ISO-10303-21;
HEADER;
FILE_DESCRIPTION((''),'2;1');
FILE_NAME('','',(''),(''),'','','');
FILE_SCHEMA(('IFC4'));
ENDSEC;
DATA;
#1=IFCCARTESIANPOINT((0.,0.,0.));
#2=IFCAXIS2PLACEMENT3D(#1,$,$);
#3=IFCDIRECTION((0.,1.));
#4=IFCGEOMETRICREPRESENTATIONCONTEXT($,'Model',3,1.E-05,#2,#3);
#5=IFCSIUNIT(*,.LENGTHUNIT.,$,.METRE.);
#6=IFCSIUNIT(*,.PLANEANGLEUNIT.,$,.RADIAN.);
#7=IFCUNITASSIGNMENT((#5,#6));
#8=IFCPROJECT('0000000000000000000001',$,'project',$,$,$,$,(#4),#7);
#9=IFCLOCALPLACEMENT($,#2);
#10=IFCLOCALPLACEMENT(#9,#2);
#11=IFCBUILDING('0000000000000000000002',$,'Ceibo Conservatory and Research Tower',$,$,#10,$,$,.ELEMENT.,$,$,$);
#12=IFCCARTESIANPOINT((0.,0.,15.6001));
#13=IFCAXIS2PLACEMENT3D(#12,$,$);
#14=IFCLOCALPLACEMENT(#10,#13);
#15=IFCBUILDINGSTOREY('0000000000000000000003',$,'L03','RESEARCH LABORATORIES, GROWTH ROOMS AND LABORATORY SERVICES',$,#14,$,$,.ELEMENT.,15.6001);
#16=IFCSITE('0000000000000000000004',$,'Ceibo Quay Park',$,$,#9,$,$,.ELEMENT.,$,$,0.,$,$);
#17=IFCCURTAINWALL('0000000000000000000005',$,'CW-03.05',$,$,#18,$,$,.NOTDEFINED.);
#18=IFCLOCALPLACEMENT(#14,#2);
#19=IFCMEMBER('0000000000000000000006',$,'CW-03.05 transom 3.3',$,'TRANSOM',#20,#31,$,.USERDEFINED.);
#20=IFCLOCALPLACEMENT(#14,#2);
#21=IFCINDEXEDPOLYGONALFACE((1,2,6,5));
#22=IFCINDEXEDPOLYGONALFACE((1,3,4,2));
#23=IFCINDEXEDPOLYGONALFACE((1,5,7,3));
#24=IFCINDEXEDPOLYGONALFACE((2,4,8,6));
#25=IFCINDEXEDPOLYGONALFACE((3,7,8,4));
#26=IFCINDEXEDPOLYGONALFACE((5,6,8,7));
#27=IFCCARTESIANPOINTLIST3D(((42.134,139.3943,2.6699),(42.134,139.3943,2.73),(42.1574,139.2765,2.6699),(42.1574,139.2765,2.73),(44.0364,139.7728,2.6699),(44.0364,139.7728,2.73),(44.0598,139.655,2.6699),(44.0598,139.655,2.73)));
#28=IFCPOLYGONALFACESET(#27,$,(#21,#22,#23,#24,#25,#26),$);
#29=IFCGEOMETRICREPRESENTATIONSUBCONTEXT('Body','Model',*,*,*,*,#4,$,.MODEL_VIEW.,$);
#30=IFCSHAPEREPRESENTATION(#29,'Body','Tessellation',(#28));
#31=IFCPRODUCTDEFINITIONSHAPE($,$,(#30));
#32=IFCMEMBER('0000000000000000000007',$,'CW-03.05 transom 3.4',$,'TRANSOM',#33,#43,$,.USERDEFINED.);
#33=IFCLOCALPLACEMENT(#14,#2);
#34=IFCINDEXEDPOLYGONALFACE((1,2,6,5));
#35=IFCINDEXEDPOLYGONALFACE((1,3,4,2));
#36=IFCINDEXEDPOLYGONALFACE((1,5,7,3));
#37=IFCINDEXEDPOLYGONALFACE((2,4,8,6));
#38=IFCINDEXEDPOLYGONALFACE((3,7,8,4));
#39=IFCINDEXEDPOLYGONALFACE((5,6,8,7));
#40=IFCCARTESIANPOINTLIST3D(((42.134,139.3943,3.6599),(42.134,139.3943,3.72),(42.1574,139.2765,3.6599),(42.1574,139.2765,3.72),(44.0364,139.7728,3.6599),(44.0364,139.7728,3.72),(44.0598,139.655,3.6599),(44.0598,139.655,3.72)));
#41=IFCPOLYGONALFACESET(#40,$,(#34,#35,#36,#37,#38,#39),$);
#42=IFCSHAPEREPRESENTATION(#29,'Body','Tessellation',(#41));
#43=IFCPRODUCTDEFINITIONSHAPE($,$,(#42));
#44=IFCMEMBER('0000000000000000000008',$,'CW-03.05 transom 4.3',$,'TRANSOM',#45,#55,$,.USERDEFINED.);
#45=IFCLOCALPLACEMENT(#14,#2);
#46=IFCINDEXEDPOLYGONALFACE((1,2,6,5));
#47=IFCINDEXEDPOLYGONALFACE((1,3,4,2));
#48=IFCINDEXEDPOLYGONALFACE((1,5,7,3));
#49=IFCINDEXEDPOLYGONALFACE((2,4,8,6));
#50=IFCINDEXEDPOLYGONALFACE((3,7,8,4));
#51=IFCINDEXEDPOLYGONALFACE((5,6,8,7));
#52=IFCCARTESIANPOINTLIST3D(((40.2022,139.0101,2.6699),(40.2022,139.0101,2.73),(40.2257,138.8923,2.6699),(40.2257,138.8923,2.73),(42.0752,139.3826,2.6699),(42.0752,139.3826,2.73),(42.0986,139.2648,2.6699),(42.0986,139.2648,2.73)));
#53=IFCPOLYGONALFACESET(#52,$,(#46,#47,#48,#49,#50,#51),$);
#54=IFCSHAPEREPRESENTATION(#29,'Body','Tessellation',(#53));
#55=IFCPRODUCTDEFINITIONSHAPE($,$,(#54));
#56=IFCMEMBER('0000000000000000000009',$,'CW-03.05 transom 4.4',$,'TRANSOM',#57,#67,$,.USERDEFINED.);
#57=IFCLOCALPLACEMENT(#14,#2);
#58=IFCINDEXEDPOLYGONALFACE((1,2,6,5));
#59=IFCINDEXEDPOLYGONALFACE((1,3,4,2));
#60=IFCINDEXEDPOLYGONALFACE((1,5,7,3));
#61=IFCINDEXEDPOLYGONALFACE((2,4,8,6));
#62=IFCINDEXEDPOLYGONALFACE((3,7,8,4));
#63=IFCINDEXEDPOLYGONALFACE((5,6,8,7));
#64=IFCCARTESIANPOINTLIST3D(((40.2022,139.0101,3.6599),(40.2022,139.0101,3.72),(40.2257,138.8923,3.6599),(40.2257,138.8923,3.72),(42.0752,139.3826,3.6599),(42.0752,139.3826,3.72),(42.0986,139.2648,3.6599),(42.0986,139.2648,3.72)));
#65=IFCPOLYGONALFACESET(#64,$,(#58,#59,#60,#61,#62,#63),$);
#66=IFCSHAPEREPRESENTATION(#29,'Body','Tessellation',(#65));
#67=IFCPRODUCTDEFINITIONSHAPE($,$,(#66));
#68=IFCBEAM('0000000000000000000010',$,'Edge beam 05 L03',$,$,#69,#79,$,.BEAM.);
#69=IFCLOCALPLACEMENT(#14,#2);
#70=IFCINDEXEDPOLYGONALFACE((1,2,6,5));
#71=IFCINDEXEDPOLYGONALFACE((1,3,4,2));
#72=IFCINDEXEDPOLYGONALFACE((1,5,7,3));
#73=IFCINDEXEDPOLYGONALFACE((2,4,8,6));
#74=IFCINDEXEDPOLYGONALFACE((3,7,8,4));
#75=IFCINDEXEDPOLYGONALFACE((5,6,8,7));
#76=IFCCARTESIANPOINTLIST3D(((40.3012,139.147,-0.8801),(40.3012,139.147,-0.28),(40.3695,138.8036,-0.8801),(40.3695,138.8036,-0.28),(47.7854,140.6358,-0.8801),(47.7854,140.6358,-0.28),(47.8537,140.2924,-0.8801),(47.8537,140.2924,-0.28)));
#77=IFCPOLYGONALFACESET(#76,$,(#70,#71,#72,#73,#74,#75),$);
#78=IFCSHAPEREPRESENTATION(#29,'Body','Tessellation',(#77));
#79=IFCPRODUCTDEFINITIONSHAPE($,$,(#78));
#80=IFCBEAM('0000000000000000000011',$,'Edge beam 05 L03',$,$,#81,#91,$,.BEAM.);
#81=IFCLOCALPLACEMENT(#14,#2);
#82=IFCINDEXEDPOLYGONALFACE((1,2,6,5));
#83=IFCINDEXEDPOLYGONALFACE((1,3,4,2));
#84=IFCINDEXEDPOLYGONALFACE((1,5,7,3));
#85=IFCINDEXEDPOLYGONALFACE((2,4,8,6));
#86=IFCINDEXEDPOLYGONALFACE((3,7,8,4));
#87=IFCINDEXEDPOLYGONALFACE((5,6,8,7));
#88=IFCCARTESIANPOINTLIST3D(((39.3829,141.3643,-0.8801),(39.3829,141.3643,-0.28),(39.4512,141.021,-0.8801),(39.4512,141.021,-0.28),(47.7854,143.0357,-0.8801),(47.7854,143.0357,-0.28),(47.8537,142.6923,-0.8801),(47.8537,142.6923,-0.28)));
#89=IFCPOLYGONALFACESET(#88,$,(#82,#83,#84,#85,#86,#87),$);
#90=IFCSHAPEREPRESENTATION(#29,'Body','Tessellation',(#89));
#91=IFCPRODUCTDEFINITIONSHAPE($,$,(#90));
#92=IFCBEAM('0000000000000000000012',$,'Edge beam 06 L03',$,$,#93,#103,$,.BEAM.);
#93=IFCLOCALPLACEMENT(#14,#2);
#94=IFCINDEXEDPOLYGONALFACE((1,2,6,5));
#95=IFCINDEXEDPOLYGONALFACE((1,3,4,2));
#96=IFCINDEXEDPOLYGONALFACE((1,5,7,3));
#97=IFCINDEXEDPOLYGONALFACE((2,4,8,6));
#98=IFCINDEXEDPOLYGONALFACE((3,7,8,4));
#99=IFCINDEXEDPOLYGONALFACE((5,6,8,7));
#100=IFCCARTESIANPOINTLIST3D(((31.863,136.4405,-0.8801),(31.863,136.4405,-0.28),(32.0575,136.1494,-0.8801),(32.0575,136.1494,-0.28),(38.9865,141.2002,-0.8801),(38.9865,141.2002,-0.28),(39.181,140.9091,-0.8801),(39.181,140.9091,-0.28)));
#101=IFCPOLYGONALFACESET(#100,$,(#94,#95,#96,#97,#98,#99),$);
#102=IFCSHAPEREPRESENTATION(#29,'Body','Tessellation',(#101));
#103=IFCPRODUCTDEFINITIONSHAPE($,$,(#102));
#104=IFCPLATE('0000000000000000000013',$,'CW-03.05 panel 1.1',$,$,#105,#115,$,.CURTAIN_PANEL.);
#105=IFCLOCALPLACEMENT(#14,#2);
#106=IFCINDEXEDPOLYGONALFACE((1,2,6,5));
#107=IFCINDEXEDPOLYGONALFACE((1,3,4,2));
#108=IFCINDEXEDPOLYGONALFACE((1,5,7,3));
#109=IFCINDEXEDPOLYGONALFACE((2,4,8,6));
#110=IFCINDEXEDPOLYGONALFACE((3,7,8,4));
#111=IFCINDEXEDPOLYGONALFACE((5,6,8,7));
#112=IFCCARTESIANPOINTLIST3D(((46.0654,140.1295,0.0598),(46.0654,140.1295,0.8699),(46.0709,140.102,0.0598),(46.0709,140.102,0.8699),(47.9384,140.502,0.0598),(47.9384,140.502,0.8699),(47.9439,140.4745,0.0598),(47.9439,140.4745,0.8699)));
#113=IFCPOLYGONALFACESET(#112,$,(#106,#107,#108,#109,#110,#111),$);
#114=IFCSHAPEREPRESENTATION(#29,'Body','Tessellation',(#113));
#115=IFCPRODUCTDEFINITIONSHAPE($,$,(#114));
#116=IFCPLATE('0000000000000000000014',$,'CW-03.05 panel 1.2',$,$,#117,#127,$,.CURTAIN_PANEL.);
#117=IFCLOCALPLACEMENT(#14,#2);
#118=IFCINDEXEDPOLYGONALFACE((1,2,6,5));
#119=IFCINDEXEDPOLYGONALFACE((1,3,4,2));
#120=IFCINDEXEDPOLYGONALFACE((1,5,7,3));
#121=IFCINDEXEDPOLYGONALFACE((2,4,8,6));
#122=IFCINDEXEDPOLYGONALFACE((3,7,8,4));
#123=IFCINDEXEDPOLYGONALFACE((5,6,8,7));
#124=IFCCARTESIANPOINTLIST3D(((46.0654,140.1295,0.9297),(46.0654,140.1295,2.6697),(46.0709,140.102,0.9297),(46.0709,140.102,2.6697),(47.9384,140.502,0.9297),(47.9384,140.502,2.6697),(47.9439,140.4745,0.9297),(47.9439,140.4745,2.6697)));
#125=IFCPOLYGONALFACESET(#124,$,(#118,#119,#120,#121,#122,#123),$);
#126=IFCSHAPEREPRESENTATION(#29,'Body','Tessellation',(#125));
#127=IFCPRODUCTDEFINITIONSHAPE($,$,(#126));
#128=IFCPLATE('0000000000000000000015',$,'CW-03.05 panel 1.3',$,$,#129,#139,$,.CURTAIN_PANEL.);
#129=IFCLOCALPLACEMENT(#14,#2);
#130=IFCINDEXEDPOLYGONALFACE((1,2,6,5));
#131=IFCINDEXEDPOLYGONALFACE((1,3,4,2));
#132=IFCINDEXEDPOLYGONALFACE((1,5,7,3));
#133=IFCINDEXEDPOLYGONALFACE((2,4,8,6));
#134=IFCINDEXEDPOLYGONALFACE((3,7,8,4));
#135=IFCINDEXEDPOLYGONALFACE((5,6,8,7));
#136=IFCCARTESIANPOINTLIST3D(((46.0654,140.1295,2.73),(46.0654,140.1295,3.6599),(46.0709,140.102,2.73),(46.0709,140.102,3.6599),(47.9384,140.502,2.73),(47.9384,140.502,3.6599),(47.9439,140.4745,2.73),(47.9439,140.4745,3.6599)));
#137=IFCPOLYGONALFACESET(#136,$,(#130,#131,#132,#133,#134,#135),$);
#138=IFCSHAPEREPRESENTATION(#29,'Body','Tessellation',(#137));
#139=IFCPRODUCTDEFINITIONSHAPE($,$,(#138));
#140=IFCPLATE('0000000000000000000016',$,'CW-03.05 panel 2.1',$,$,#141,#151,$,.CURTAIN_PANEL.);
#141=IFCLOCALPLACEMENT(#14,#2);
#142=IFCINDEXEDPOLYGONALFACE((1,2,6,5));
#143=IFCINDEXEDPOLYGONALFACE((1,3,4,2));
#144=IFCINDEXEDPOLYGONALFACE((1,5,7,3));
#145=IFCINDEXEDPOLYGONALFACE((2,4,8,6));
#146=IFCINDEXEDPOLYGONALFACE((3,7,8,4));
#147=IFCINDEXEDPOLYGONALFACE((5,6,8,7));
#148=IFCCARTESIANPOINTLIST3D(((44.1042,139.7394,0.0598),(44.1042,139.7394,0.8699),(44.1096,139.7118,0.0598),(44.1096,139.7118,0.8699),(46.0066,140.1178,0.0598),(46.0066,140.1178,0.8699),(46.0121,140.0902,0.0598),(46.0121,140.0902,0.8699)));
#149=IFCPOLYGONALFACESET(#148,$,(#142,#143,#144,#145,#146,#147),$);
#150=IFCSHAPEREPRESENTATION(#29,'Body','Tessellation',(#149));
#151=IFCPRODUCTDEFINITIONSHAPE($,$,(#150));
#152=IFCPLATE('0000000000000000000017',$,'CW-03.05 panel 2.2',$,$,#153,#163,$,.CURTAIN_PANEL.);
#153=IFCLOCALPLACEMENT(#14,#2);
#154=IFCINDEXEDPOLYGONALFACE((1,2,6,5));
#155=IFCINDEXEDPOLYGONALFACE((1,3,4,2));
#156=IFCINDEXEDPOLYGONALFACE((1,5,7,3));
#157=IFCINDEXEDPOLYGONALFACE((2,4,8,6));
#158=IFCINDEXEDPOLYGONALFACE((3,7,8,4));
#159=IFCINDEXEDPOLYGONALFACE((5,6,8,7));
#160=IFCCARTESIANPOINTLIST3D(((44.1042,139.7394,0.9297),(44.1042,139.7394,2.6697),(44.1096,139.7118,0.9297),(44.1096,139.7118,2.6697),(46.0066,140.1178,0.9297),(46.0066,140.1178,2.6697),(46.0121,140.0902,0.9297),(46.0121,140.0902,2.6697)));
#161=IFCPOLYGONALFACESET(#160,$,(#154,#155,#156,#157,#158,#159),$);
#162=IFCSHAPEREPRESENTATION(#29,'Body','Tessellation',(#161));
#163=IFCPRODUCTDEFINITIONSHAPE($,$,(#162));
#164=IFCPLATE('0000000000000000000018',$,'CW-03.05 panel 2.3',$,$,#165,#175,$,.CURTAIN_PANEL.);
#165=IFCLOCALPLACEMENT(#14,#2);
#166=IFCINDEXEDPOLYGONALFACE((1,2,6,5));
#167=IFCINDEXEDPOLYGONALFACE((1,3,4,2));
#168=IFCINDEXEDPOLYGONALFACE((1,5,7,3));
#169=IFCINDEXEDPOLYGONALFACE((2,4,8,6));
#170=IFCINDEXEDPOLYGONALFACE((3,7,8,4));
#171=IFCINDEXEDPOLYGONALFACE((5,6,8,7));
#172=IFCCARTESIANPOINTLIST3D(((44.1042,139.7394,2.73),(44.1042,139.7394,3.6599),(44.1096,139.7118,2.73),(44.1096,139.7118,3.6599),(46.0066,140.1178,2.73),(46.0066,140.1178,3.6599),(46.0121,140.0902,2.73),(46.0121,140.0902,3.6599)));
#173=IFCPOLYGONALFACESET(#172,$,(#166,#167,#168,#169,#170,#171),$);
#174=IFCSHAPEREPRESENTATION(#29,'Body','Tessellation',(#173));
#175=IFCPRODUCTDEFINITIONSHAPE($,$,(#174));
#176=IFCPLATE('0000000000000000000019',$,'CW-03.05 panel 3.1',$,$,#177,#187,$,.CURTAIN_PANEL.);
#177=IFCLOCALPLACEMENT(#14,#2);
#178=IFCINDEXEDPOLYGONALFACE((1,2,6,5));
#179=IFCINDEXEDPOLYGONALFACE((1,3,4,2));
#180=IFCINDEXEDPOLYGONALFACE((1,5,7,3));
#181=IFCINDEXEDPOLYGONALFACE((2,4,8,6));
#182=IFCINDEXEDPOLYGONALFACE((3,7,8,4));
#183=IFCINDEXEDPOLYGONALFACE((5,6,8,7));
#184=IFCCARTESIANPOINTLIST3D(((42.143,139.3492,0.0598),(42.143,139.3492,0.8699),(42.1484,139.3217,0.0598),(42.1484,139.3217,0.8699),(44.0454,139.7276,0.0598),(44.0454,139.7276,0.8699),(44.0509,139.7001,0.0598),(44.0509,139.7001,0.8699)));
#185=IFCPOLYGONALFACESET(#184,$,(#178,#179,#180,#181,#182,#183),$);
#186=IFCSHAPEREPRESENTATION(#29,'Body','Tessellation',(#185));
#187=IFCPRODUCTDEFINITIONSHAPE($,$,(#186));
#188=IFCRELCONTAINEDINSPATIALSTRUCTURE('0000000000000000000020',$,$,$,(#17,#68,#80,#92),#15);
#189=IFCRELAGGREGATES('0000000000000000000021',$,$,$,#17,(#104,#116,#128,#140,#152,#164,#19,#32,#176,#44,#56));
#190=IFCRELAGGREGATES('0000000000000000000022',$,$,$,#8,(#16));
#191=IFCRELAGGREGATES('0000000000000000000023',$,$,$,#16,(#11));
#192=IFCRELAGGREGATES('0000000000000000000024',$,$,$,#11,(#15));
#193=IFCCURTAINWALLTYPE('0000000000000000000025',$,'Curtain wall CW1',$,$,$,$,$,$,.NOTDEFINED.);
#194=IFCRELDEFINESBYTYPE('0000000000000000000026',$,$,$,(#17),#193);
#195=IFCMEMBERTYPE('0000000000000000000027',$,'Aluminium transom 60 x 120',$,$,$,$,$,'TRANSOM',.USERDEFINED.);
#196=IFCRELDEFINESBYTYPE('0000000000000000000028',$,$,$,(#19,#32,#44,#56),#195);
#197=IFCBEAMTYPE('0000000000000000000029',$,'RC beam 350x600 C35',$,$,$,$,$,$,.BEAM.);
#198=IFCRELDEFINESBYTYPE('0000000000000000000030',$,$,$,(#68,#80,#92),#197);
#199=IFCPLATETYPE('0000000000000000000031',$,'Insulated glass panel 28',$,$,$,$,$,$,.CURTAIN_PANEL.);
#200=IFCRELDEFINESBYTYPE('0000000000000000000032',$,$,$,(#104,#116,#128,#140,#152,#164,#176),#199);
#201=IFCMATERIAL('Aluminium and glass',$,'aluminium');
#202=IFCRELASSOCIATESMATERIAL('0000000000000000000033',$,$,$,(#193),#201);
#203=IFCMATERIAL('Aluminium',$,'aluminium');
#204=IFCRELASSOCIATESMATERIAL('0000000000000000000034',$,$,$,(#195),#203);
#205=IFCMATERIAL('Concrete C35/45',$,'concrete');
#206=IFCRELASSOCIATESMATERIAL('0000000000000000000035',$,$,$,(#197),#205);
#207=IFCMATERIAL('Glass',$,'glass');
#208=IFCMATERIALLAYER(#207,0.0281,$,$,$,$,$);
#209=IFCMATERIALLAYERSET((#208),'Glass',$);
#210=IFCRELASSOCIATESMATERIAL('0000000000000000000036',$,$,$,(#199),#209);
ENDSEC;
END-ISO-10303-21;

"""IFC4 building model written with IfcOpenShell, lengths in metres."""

from ifc_helpers import new_model, si_unit, direction, frame, origin, origin_2d, place, context, subcontext, project, spatial, rectangle, extrude, material, layer, layer_set, material_profile, profile_set, type_object, element, aggregate, save


model = new_model("IFC4")

# Units and contexts
model_context = context("Model", 3, precision=1e-05, world=origin(), true_north=direction((0.0, 1.0)))
body_context = subcontext(model_context, "Body", "Model", "MODEL_VIEW")
ifc_project = project(units=[si_unit("LENGTHUNIT", "METRE"), si_unit("PLANEANGLEUNIT", "RADIAN")], contexts=[model_context])

# Site, building, storey
site_placement = place(None, origin())
site = spatial("IfcSite", under=ifc_project, at=site_placement, Name="Ceibo Quay Park", CompositionType="ELEMENT", RefElevation=0.0)
building_placement = place(site_placement, origin())
building = spatial("IfcBuilding", under=site, at=building_placement, Name="Ceibo Conservatory and Research Tower", CompositionType="ELEMENT")
storey_placement = place(building_placement, frame((0.0, 0.0, 15.6001)))
storey = spatial("IfcBuildingStorey", under=building, at=storey_placement, Name="L03", Description="RESEARCH LABORATORIES, GROWTH ROOMS AND LABORATORY SERVICES", CompositionType="ELEMENT", Elevation=15.6001)

# Curtain wall, members
ifc_material_1 = material(Name="Aluminium and glass", Category="aluminium")
curtain_wall_type = type_object("IfcCurtainWallType", Name="Curtain wall CW1", PredefinedType="NOTDEFINED", material=ifc_material_1)
curtain_wall_placement = place(storey_placement, origin())
curtain_wall = element("IfcCurtainWall", 1, at=curtain_wall_placement, inside=storey, type_object=curtain_wall_type, Name="CW-03.05", PredefinedType="NOTDEFINED")
ifc_material_2 = material(Name="Aluminium", Category="aluminium")
ifc_material_profile_1 = material_profile(ifc_material_2, rectangle(XDim=0.1201, YDim=0.0601, at=origin_2d()), Name="Aluminium 60 x 120")
ifc_profile_set_1 = profile_set([ifc_material_profile_1], Name="Aluminium")
member_type_1 = type_object("IfcMemberType", Name="Aluminium transom 60 x 120", ElementType="TRANSOM", PredefinedType="USERDEFINED", material=ifc_profile_set_1)
member_1_placement = place(storey_placement, frame((44.0481, 139.7139, 2.7), z_axis=(-0.980783, -0.195099, 0.0), x_axis=(0.195099, -0.980783, 0.0)))
member_1 = element("IfcMember", 2, at=member_1_placement, type_object=member_type_1, Name="CW-03.05 transom 3.3", ObjectType="TRANSOM", PredefinedType="USERDEFINED", context=body_context, shape_type="SweptSolid", body=[
    extrude(rectangle(XDim=0.1201, YDim=0.0601, at=origin_2d()), origin(), (0.0, 0.0, 1.0), 1.9397),
])
member_2_placement = place(storey_placement, frame((44.0481, 139.7139, 3.6899), z_axis=(-0.980783, -0.195099, 0.0), x_axis=(0.195099, -0.980783, 0.0)))
member_2 = element("IfcMember", 3, at=member_2_placement, type_object=member_type_1, Name="CW-03.05 transom 3.4", ObjectType="TRANSOM", PredefinedType="USERDEFINED", context=body_context, shape_type="SweptSolid", body=[
    extrude(rectangle(XDim=0.1201, YDim=0.0601, at=origin_2d()), origin(), (0.0, 0.0, 1.0), 1.9397),
])
member_3_placement = place(storey_placement, frame((42.0869, 139.3237, 2.7), z_axis=(-0.980787, -0.195083, 0.0), x_axis=(0.195083, -0.980787, 0.0)))
member_3 = element("IfcMember", 4, at=member_3_placement, type_object=member_type_1, Name="CW-03.05 transom 4.3", ObjectType="TRANSOM", PredefinedType="USERDEFINED", context=body_context, shape_type="SweptSolid", body=[
    extrude(rectangle(XDim=0.1201, YDim=0.0601, at=origin_2d()), origin(), (0.0, 0.0, 1.0), 1.9097),
])
member_4_placement = place(storey_placement, frame((42.0869, 139.3237, 3.6899), z_axis=(-0.980787, -0.195083, 0.0), x_axis=(0.195083, -0.980787, 0.0)))
member_4 = element("IfcMember", 5, at=member_4_placement, type_object=member_type_1, Name="CW-03.05 transom 4.4", ObjectType="TRANSOM", PredefinedType="USERDEFINED", context=body_context, shape_type="SweptSolid", body=[
    extrude(rectangle(XDim=0.1201, YDim=0.0601, at=origin_2d()), origin(), (0.0, 0.0, 1.0), 1.9097),
])

# Beams
ifc_material_3 = material(Name="Concrete C35/45", Category="concrete")
ifc_material_profile_2 = material_profile(ifc_material_3, rectangle(XDim=0.3501, YDim=0.6001, at=origin_2d()), Name="RC 350x600")
ifc_profile_set_2 = profile_set([ifc_material_profile_2], Name="Concrete C35/45")
beam_type = type_object("IfcBeamType", Name="RC beam 350x600 C35", PredefinedType="BEAM", material=ifc_profile_set_2)
beam_1_placement = place(storey_placement, frame((47.8196, 140.4641, -0.5801), z_axis=(-0.980783, -0.195101, 0.0), x_axis=(0.195101, -0.980783, 0.0)))
element("IfcBeam", 6, at=beam_1_placement, inside=storey, type_object=beam_type, Name="Edge beam 05 L03", PredefinedType="BEAM", context=body_context, shape_type="SweptSolid", body=[
    extrude(rectangle(XDim=0.3501, YDim=0.6001, at=origin_2d()), origin(), (0.0, 0.0, 1.0), 7.6309),
])
beam_2_placement = place(storey_placement, frame((47.8196, 142.864, -0.5801), z_axis=(-0.980785, -0.195091, 0.0), x_axis=(0.195091, -0.980785, 0.0)))
element("IfcBeam", 7, at=beam_2_placement, inside=storey, type_object=beam_type, Name="Edge beam 05 L03", PredefinedType="BEAM", context=body_context, shape_type="SweptSolid", body=[
    extrude(rectangle(XDim=0.3501, YDim=0.6001, at=origin_2d()), origin(), (0.0, 0.0, 1.0), 8.5671),
])
beam_3_placement = place(storey_placement, frame((39.0837, 141.0547, -0.5801), z_axis=(-0.831471, -0.555568, 0.0), x_axis=(0.555568, -0.831471, 0.0)))
element("IfcBeam", 8, at=beam_3_placement, inside=storey, type_object=beam_type, Name="Edge beam 06 L03", PredefinedType="BEAM", context=body_context, shape_type="SweptSolid", body=[
    extrude(rectangle(XDim=0.3501, YDim=0.6001, at=origin_2d()), origin(), (0.0, 0.0, 1.0), 8.5674),
])

# Plates
ifc_material_4 = material(Name="Glass", Category="glass")
ifc_layer_1 = layer(ifc_material_4, 0.0281)
ifc_layer_set_1 = layer_set([ifc_layer_1], Name="Glass")
plate_type = type_object("IfcPlateType", Name="Insulated glass panel 28", PredefinedType="CURTAIN_PANEL", material=ifc_layer_set_1)
plate_1_placement = place(storey_placement, frame((47.0046, 140.302, 0.0598), z_axis=(0.0, 0.0, 1.0), x_axis=(-0.980785, -0.19509, 0.0)))
plate_1 = element("IfcPlate", 9, at=plate_1_placement, type_object=plate_type, Name="CW-03.05 panel 1.1", PredefinedType="CURTAIN_PANEL", context=body_context, shape_type="SweptSolid", body=[
    extrude(rectangle(XDim=1.9097, YDim=0.0281, at=origin_2d()), origin(), (0.0, 0.0, 1.0), 0.8101),
])
plate_2_placement = place(storey_placement, frame((47.0046, 140.302, 0.9297), z_axis=(0.0, 0.0, 1.0), x_axis=(-0.980785, -0.19509, 0.0)))
plate_2 = element("IfcPlate", 10, at=plate_2_placement, type_object=plate_type, Name="CW-03.05 panel 1.2", PredefinedType="CURTAIN_PANEL", context=body_context, shape_type="SweptSolid", body=[
    extrude(rectangle(XDim=1.9097, YDim=0.0281, at=origin_2d()), origin(), (0.0, 0.0, 1.0), 1.74),
])
plate_3_placement = place(storey_placement, frame((47.0046, 140.302, 2.73), z_axis=(0.0, 0.0, 1.0), x_axis=(-0.980785, -0.19509, 0.0)))
plate_3 = element("IfcPlate", 11, at=plate_3_placement, type_object=plate_type, Name="CW-03.05 panel 1.3", PredefinedType="CURTAIN_PANEL", context=body_context, shape_type="SweptSolid", body=[
    extrude(rectangle(XDim=1.9097, YDim=0.0281, at=origin_2d()), origin(), (0.0, 0.0, 1.0), 0.9299),
])
plate_4_placement = place(storey_placement, frame((45.0581, 139.9148, 0.0598), z_axis=(0.0, 0.0, 1.0), x_axis=(-0.980785, -0.19509, 0.0)))
plate_4 = element("IfcPlate", 12, at=plate_4_placement, type_object=plate_type, Name="CW-03.05 panel 2.1", PredefinedType="CURTAIN_PANEL", context=body_context, shape_type="SweptSolid", body=[
    extrude(rectangle(XDim=1.9397, YDim=0.0281, at=origin_2d()), origin(), (0.0, 0.0, 1.0), 0.8101),
])
plate_5_placement = place(storey_placement, frame((45.0581, 139.9148, 0.9297), z_axis=(0.0, 0.0, 1.0), x_axis=(-0.980785, -0.19509, 0.0)))
plate_5 = element("IfcPlate", 13, at=plate_5_placement, type_object=plate_type, Name="CW-03.05 panel 2.2", PredefinedType="CURTAIN_PANEL", context=body_context, shape_type="SweptSolid", body=[
    extrude(rectangle(XDim=1.9397, YDim=0.0281, at=origin_2d()), origin(), (0.0, 0.0, 1.0), 1.74),
])
plate_6_placement = place(storey_placement, frame((45.0581, 139.9148, 2.73), z_axis=(0.0, 0.0, 1.0), x_axis=(-0.980785, -0.19509, 0.0)))
plate_6 = element("IfcPlate", 14, at=plate_6_placement, type_object=plate_type, Name="CW-03.05 panel 2.3", PredefinedType="CURTAIN_PANEL", context=body_context, shape_type="SweptSolid", body=[
    extrude(rectangle(XDim=1.9397, YDim=0.0281, at=origin_2d()), origin(), (0.0, 0.0, 1.0), 0.9299),
])
plate_7_placement = place(storey_placement, frame((43.0969, 139.5247, 0.0598), z_axis=(0.0, 0.0, 1.0), x_axis=(-0.980785, -0.19509, 0.0)))
plate_7 = element("IfcPlate", 15, at=plate_7_placement, type_object=plate_type, Name="CW-03.05 panel 3.1", PredefinedType="CURTAIN_PANEL", context=body_context, shape_type="SweptSolid", body=[
    extrude(rectangle(XDim=1.9397, YDim=0.0281, at=origin_2d()), origin(), (0.0, 0.0, 1.0), 0.8101),
])
aggregate(curtain_wall, [plate_1, plate_2, plate_3, plate_4, plate_5, plate_6, member_1, member_2, plate_7, member_3, member_4])

save(model, "model.ifc")
